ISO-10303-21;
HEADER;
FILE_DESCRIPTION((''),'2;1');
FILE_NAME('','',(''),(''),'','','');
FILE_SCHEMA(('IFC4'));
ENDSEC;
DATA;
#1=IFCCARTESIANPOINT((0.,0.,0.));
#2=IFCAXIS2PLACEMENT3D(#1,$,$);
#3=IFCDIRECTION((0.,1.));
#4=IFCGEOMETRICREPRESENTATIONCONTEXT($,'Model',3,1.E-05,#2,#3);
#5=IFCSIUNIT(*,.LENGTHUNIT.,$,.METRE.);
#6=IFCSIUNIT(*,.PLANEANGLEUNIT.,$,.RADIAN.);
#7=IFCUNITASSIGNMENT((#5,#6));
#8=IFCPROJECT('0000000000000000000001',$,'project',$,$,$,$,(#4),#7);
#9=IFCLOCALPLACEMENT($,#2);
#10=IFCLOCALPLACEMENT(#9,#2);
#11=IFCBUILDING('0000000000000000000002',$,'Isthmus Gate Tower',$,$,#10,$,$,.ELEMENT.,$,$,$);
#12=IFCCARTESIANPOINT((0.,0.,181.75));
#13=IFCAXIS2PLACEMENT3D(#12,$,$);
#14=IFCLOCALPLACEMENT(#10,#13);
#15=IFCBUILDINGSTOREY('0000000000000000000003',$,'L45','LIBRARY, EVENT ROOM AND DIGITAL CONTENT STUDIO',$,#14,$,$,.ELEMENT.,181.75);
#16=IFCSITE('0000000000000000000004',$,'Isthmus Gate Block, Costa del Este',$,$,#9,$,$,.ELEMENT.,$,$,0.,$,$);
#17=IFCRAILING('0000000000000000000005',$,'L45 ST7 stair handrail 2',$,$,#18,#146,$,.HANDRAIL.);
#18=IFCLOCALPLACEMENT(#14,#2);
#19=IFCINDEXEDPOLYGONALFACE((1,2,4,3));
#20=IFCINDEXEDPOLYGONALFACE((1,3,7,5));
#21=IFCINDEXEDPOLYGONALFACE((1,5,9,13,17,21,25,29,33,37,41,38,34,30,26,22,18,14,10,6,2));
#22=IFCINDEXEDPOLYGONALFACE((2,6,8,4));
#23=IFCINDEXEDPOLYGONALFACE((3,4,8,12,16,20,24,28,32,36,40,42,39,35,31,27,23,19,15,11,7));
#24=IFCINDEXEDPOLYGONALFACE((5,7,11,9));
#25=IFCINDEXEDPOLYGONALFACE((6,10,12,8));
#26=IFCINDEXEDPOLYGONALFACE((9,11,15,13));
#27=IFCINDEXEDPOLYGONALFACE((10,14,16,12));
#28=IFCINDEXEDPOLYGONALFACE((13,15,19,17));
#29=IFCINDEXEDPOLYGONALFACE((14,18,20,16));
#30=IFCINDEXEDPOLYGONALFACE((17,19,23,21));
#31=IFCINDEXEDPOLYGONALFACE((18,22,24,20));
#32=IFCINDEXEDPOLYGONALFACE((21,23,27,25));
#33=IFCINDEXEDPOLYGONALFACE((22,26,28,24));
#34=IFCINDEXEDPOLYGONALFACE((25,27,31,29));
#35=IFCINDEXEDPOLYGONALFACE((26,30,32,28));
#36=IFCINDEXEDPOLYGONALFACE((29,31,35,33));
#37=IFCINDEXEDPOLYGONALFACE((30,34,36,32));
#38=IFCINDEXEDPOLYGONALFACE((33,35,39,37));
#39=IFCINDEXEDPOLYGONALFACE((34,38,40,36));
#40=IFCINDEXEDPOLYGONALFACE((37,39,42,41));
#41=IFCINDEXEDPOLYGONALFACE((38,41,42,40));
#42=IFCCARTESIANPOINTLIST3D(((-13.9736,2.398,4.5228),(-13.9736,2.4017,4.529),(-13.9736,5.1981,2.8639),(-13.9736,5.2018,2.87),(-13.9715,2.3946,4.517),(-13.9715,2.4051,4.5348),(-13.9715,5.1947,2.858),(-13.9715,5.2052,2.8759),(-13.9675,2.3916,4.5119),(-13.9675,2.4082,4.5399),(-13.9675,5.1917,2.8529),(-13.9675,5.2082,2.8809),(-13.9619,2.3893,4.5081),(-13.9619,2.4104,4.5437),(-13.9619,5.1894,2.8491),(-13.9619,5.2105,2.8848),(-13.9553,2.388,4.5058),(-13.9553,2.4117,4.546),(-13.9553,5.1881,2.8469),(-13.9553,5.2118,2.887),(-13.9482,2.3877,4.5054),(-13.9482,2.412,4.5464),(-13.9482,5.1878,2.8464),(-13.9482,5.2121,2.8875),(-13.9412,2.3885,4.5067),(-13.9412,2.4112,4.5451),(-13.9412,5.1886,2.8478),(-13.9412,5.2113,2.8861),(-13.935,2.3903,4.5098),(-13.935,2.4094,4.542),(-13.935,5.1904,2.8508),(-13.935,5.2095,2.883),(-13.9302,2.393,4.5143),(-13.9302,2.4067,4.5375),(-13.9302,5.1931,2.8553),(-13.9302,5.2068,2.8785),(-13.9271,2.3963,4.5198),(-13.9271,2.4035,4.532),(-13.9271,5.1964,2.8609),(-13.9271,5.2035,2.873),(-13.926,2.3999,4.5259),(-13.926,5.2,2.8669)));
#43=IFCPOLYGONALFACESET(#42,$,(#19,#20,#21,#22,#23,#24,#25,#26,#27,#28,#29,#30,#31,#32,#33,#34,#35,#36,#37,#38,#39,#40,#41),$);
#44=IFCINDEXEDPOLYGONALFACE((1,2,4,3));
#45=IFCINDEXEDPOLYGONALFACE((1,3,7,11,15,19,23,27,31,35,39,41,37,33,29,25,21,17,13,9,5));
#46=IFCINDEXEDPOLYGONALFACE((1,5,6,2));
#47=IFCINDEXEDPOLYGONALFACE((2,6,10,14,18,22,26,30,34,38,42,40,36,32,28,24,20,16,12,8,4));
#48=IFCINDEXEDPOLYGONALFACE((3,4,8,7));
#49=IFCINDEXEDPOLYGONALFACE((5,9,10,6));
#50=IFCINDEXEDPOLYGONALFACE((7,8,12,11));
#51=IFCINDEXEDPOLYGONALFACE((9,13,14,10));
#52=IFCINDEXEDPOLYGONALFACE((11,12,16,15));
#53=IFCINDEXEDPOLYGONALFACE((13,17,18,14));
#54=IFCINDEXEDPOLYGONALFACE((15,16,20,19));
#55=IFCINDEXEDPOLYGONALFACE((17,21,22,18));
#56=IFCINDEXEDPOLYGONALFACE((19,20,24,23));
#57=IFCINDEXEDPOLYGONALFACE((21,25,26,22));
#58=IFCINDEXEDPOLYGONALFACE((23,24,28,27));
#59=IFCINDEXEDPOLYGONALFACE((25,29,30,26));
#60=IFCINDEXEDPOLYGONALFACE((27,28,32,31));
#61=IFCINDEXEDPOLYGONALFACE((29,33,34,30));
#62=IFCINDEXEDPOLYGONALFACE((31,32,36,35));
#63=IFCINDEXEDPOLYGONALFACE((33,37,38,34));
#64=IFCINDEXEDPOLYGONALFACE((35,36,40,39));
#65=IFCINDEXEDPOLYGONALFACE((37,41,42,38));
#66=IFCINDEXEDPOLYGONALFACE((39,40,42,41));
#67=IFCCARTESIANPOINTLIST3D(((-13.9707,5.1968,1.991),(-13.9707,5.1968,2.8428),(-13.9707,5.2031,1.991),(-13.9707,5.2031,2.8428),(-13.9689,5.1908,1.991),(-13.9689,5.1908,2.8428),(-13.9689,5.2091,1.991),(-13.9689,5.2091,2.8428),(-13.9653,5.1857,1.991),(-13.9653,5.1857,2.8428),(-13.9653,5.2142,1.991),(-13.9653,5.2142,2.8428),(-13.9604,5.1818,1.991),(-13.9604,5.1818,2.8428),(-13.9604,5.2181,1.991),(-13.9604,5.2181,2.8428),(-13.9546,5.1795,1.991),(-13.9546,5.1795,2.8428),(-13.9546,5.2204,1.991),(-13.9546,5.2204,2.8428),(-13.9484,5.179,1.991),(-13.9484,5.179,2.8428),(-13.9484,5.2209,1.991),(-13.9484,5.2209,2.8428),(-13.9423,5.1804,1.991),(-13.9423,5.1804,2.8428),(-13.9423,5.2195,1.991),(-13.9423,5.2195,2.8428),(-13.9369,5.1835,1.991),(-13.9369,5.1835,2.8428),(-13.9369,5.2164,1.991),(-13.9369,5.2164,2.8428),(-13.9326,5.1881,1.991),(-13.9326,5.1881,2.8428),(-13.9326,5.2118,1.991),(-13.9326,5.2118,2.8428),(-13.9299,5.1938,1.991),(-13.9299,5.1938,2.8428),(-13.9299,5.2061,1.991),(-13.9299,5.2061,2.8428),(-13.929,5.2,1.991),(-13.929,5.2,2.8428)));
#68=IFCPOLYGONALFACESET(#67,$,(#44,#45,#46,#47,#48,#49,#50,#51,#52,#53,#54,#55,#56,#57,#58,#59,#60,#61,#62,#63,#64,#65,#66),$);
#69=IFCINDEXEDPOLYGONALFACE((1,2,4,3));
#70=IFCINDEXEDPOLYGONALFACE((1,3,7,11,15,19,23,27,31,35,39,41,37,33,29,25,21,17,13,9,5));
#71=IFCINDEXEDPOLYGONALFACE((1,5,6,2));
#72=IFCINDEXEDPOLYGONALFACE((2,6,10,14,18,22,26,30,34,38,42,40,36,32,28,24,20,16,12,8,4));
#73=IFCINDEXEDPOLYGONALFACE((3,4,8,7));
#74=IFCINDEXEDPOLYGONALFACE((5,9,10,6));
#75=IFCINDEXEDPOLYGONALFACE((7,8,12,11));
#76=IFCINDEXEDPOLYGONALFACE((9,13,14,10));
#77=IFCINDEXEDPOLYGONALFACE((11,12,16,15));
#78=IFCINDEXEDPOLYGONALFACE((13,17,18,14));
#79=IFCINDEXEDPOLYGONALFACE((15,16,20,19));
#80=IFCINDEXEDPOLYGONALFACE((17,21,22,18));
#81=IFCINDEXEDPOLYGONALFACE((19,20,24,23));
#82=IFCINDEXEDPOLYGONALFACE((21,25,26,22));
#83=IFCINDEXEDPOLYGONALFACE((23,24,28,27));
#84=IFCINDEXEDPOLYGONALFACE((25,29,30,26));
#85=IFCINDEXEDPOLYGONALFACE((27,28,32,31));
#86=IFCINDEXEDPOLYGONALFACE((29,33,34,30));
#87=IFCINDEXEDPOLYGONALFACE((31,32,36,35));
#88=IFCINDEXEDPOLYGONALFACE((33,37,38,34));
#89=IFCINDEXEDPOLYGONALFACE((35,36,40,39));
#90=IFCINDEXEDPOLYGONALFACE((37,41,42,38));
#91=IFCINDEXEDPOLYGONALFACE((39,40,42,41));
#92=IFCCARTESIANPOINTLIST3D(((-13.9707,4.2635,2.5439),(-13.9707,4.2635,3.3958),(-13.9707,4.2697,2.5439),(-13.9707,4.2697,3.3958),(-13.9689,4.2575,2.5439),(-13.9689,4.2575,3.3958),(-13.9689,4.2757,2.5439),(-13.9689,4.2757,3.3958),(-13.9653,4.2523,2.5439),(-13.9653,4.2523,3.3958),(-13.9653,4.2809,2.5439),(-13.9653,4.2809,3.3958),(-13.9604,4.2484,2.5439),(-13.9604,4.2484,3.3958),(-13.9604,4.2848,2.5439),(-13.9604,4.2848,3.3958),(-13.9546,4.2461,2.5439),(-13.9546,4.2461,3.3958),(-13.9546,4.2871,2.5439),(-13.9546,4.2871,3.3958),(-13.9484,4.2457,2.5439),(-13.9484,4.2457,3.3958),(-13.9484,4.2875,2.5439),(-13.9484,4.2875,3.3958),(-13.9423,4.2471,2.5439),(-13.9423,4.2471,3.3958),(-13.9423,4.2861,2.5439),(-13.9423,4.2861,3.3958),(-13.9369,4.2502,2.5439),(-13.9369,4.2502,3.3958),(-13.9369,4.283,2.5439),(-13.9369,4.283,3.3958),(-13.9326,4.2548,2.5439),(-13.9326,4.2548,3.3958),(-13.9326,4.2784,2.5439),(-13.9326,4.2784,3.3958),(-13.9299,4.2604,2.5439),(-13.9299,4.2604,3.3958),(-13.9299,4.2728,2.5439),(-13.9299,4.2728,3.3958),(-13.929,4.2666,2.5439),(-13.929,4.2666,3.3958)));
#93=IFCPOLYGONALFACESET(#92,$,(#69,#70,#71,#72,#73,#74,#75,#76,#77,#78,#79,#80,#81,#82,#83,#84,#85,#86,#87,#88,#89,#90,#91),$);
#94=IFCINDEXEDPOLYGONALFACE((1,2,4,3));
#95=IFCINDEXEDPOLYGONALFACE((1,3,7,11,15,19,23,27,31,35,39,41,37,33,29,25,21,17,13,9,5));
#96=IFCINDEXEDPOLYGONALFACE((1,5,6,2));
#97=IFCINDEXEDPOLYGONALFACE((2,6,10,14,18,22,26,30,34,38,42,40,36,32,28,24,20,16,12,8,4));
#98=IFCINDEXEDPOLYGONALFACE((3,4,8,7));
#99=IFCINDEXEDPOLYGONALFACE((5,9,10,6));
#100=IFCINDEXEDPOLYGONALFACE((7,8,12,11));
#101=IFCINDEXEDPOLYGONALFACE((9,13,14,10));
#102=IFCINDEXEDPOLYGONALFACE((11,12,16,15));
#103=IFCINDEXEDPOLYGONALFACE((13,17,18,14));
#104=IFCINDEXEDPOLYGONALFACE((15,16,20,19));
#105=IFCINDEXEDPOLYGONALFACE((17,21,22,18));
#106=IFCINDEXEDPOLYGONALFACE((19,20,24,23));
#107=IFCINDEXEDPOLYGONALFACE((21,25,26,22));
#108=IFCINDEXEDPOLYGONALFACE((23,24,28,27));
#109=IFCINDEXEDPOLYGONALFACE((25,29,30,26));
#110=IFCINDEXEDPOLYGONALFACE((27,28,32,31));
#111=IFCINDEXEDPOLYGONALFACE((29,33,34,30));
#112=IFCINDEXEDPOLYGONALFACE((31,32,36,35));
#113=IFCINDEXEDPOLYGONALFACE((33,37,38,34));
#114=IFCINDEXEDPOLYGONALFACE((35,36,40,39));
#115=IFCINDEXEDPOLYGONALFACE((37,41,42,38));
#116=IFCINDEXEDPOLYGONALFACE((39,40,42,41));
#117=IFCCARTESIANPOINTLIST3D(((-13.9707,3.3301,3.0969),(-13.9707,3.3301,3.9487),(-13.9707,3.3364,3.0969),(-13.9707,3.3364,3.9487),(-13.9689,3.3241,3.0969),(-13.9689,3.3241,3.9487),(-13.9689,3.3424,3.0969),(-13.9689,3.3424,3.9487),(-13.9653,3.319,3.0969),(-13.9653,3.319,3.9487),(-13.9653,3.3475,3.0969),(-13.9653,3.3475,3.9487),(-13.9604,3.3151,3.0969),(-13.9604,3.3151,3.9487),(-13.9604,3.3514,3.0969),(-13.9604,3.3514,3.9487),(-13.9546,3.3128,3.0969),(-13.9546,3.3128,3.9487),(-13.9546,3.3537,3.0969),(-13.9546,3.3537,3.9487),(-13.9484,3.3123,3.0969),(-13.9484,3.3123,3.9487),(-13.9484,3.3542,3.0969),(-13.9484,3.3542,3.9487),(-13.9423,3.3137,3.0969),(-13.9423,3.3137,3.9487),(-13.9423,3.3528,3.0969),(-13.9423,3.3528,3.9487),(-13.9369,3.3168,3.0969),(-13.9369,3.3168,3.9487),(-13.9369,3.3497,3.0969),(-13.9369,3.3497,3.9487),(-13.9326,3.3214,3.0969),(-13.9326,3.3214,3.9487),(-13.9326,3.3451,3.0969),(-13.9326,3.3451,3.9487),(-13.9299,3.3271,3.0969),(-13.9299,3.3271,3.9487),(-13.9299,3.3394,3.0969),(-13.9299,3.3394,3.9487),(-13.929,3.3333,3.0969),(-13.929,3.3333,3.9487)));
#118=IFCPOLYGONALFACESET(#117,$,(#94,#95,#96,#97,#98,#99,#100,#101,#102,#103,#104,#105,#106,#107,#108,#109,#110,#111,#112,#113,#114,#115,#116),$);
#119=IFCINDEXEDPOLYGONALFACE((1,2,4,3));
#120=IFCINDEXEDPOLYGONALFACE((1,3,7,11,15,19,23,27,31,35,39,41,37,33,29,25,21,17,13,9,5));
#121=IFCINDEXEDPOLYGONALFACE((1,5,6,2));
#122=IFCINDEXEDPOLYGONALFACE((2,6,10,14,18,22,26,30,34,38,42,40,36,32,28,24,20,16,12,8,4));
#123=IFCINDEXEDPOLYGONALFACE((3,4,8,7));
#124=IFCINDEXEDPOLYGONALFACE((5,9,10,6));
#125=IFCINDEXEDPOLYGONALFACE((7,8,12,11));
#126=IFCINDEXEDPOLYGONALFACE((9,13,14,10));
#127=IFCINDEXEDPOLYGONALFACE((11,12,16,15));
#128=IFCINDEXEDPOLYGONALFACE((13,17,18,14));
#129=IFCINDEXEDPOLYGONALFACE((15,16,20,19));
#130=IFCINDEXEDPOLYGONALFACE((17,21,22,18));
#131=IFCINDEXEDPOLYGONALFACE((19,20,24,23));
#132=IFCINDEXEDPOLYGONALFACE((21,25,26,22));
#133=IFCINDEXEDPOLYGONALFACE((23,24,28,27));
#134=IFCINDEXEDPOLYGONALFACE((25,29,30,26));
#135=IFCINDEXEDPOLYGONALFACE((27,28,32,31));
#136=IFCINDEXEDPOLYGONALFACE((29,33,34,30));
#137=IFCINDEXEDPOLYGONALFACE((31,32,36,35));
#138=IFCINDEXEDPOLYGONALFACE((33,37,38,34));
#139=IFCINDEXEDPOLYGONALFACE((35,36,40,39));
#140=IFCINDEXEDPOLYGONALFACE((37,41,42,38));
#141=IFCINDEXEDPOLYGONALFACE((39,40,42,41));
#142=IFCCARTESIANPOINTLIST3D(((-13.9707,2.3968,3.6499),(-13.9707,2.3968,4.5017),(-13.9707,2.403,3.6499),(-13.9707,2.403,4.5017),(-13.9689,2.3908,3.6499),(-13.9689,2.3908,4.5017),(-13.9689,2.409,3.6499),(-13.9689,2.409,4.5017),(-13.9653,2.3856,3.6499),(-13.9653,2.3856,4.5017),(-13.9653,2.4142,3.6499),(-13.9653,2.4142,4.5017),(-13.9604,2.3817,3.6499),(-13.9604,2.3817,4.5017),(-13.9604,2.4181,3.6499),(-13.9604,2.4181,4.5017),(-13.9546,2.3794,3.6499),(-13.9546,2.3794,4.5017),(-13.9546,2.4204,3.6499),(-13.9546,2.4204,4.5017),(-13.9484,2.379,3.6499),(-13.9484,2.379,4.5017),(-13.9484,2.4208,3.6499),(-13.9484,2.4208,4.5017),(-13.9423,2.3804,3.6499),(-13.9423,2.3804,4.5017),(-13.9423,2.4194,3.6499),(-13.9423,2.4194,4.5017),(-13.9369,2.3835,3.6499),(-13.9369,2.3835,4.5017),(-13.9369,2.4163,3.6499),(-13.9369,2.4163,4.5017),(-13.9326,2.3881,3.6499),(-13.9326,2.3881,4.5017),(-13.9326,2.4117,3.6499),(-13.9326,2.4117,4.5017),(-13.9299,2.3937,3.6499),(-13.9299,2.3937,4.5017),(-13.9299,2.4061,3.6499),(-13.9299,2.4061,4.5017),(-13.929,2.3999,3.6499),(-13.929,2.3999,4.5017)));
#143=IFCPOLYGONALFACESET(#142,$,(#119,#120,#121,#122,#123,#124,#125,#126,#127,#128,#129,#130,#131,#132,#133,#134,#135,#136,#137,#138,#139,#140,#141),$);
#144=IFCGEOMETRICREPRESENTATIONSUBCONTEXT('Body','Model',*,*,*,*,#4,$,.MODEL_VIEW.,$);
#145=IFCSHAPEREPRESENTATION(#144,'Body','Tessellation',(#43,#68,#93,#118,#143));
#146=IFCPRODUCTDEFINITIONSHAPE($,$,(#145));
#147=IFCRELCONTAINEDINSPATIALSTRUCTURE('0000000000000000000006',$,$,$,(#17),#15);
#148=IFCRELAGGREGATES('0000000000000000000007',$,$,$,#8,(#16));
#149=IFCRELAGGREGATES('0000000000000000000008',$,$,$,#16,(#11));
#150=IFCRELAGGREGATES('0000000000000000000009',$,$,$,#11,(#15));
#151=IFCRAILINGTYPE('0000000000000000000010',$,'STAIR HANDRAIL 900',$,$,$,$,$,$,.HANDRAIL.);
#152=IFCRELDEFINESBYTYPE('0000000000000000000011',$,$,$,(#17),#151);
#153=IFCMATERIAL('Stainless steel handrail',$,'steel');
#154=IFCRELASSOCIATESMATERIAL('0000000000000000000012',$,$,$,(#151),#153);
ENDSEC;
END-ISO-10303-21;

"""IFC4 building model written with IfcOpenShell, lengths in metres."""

from ifc_helpers import new_model, si_unit, direction, frame, origin, origin_2d, place, context, subcontext, project, spatial, circle, extrude, material, type_object, element, save


model = new_model("IFC4")

# Units and contexts
model_context = context("Model", 3, precision=1e-05, world=origin(), true_north=direction((0.0, 1.0)))
body_context = subcontext(model_context, "Body", "Model", "MODEL_VIEW")
ifc_project = project(units=[si_unit("LENGTHUNIT", "METRE"), si_unit("PLANEANGLEUNIT", "RADIAN")], contexts=[model_context])

# Site, building, storey
site_placement = place(None, origin())
site = spatial("IfcSite", under=ifc_project, at=site_placement, Name="Isthmus Gate Block, Costa del Este", CompositionType="ELEMENT", RefElevation=0.0)
building_placement = place(site_placement, origin())
building = spatial("IfcBuilding", under=site, at=building_placement, Name="Isthmus Gate Tower", CompositionType="ELEMENT")
storey_placement = place(building_placement, frame((0.0, 0.0, 181.75)))
storey = spatial("IfcBuildingStorey", under=building, at=storey_placement, Name="L45", Description="LIBRARY, EVENT ROOM AND DIGITAL CONTENT STUDIO", CompositionType="ELEMENT", Elevation=181.75)

# Railing
ifc_material_1 = material(Name="Stainless steel handrail", Category="steel")
railing_type_1 = type_object("IfcRailingType", Name="STAIR HANDRAIL 900", PredefinedType="HANDRAIL", material=ifc_material_1)
railing_1_placement = place(storey_placement, frame((-13.95, 5.2, 1.991)))
element("IfcRailing", 1, at=railing_1_placement, inside=storey, type_object=railing_type_1, Name="L45 ST7 stair handrail 2", PredefinedType="HANDRAIL", context=body_context, shape_type="SweptSolid", body=[
    extrude(circle(Radius=0.0239, at=origin_2d()), frame((0.0, 0.0, 0.876), z_axis=(0.0, -0.860339, 0.509722), x_axis=(1.0, 0.0, 0.0)), (0.0, 0.0, 1.0), 3.2546),
    extrude(circle(Radius=0.021, at=origin_2d()), origin(), (0.0, 0.0, 1.0), 0.8518),
    extrude(circle(Radius=0.021, at=origin_2d()), frame((0.0, -0.9333, 0.553)), (0.0, 0.0, 1.0), 0.8518),
    extrude(circle(Radius=0.021, at=origin_2d()), frame((0.0, -1.8667, 1.106)), (0.0, 0.0, 1.0), 0.8518),
    extrude(circle(Radius=0.021, at=origin_2d()), frame((0.0, -2.8, 1.6589)), (0.0, 0.0, 1.0), 0.8518),
])

save(model, "model.ifc")
